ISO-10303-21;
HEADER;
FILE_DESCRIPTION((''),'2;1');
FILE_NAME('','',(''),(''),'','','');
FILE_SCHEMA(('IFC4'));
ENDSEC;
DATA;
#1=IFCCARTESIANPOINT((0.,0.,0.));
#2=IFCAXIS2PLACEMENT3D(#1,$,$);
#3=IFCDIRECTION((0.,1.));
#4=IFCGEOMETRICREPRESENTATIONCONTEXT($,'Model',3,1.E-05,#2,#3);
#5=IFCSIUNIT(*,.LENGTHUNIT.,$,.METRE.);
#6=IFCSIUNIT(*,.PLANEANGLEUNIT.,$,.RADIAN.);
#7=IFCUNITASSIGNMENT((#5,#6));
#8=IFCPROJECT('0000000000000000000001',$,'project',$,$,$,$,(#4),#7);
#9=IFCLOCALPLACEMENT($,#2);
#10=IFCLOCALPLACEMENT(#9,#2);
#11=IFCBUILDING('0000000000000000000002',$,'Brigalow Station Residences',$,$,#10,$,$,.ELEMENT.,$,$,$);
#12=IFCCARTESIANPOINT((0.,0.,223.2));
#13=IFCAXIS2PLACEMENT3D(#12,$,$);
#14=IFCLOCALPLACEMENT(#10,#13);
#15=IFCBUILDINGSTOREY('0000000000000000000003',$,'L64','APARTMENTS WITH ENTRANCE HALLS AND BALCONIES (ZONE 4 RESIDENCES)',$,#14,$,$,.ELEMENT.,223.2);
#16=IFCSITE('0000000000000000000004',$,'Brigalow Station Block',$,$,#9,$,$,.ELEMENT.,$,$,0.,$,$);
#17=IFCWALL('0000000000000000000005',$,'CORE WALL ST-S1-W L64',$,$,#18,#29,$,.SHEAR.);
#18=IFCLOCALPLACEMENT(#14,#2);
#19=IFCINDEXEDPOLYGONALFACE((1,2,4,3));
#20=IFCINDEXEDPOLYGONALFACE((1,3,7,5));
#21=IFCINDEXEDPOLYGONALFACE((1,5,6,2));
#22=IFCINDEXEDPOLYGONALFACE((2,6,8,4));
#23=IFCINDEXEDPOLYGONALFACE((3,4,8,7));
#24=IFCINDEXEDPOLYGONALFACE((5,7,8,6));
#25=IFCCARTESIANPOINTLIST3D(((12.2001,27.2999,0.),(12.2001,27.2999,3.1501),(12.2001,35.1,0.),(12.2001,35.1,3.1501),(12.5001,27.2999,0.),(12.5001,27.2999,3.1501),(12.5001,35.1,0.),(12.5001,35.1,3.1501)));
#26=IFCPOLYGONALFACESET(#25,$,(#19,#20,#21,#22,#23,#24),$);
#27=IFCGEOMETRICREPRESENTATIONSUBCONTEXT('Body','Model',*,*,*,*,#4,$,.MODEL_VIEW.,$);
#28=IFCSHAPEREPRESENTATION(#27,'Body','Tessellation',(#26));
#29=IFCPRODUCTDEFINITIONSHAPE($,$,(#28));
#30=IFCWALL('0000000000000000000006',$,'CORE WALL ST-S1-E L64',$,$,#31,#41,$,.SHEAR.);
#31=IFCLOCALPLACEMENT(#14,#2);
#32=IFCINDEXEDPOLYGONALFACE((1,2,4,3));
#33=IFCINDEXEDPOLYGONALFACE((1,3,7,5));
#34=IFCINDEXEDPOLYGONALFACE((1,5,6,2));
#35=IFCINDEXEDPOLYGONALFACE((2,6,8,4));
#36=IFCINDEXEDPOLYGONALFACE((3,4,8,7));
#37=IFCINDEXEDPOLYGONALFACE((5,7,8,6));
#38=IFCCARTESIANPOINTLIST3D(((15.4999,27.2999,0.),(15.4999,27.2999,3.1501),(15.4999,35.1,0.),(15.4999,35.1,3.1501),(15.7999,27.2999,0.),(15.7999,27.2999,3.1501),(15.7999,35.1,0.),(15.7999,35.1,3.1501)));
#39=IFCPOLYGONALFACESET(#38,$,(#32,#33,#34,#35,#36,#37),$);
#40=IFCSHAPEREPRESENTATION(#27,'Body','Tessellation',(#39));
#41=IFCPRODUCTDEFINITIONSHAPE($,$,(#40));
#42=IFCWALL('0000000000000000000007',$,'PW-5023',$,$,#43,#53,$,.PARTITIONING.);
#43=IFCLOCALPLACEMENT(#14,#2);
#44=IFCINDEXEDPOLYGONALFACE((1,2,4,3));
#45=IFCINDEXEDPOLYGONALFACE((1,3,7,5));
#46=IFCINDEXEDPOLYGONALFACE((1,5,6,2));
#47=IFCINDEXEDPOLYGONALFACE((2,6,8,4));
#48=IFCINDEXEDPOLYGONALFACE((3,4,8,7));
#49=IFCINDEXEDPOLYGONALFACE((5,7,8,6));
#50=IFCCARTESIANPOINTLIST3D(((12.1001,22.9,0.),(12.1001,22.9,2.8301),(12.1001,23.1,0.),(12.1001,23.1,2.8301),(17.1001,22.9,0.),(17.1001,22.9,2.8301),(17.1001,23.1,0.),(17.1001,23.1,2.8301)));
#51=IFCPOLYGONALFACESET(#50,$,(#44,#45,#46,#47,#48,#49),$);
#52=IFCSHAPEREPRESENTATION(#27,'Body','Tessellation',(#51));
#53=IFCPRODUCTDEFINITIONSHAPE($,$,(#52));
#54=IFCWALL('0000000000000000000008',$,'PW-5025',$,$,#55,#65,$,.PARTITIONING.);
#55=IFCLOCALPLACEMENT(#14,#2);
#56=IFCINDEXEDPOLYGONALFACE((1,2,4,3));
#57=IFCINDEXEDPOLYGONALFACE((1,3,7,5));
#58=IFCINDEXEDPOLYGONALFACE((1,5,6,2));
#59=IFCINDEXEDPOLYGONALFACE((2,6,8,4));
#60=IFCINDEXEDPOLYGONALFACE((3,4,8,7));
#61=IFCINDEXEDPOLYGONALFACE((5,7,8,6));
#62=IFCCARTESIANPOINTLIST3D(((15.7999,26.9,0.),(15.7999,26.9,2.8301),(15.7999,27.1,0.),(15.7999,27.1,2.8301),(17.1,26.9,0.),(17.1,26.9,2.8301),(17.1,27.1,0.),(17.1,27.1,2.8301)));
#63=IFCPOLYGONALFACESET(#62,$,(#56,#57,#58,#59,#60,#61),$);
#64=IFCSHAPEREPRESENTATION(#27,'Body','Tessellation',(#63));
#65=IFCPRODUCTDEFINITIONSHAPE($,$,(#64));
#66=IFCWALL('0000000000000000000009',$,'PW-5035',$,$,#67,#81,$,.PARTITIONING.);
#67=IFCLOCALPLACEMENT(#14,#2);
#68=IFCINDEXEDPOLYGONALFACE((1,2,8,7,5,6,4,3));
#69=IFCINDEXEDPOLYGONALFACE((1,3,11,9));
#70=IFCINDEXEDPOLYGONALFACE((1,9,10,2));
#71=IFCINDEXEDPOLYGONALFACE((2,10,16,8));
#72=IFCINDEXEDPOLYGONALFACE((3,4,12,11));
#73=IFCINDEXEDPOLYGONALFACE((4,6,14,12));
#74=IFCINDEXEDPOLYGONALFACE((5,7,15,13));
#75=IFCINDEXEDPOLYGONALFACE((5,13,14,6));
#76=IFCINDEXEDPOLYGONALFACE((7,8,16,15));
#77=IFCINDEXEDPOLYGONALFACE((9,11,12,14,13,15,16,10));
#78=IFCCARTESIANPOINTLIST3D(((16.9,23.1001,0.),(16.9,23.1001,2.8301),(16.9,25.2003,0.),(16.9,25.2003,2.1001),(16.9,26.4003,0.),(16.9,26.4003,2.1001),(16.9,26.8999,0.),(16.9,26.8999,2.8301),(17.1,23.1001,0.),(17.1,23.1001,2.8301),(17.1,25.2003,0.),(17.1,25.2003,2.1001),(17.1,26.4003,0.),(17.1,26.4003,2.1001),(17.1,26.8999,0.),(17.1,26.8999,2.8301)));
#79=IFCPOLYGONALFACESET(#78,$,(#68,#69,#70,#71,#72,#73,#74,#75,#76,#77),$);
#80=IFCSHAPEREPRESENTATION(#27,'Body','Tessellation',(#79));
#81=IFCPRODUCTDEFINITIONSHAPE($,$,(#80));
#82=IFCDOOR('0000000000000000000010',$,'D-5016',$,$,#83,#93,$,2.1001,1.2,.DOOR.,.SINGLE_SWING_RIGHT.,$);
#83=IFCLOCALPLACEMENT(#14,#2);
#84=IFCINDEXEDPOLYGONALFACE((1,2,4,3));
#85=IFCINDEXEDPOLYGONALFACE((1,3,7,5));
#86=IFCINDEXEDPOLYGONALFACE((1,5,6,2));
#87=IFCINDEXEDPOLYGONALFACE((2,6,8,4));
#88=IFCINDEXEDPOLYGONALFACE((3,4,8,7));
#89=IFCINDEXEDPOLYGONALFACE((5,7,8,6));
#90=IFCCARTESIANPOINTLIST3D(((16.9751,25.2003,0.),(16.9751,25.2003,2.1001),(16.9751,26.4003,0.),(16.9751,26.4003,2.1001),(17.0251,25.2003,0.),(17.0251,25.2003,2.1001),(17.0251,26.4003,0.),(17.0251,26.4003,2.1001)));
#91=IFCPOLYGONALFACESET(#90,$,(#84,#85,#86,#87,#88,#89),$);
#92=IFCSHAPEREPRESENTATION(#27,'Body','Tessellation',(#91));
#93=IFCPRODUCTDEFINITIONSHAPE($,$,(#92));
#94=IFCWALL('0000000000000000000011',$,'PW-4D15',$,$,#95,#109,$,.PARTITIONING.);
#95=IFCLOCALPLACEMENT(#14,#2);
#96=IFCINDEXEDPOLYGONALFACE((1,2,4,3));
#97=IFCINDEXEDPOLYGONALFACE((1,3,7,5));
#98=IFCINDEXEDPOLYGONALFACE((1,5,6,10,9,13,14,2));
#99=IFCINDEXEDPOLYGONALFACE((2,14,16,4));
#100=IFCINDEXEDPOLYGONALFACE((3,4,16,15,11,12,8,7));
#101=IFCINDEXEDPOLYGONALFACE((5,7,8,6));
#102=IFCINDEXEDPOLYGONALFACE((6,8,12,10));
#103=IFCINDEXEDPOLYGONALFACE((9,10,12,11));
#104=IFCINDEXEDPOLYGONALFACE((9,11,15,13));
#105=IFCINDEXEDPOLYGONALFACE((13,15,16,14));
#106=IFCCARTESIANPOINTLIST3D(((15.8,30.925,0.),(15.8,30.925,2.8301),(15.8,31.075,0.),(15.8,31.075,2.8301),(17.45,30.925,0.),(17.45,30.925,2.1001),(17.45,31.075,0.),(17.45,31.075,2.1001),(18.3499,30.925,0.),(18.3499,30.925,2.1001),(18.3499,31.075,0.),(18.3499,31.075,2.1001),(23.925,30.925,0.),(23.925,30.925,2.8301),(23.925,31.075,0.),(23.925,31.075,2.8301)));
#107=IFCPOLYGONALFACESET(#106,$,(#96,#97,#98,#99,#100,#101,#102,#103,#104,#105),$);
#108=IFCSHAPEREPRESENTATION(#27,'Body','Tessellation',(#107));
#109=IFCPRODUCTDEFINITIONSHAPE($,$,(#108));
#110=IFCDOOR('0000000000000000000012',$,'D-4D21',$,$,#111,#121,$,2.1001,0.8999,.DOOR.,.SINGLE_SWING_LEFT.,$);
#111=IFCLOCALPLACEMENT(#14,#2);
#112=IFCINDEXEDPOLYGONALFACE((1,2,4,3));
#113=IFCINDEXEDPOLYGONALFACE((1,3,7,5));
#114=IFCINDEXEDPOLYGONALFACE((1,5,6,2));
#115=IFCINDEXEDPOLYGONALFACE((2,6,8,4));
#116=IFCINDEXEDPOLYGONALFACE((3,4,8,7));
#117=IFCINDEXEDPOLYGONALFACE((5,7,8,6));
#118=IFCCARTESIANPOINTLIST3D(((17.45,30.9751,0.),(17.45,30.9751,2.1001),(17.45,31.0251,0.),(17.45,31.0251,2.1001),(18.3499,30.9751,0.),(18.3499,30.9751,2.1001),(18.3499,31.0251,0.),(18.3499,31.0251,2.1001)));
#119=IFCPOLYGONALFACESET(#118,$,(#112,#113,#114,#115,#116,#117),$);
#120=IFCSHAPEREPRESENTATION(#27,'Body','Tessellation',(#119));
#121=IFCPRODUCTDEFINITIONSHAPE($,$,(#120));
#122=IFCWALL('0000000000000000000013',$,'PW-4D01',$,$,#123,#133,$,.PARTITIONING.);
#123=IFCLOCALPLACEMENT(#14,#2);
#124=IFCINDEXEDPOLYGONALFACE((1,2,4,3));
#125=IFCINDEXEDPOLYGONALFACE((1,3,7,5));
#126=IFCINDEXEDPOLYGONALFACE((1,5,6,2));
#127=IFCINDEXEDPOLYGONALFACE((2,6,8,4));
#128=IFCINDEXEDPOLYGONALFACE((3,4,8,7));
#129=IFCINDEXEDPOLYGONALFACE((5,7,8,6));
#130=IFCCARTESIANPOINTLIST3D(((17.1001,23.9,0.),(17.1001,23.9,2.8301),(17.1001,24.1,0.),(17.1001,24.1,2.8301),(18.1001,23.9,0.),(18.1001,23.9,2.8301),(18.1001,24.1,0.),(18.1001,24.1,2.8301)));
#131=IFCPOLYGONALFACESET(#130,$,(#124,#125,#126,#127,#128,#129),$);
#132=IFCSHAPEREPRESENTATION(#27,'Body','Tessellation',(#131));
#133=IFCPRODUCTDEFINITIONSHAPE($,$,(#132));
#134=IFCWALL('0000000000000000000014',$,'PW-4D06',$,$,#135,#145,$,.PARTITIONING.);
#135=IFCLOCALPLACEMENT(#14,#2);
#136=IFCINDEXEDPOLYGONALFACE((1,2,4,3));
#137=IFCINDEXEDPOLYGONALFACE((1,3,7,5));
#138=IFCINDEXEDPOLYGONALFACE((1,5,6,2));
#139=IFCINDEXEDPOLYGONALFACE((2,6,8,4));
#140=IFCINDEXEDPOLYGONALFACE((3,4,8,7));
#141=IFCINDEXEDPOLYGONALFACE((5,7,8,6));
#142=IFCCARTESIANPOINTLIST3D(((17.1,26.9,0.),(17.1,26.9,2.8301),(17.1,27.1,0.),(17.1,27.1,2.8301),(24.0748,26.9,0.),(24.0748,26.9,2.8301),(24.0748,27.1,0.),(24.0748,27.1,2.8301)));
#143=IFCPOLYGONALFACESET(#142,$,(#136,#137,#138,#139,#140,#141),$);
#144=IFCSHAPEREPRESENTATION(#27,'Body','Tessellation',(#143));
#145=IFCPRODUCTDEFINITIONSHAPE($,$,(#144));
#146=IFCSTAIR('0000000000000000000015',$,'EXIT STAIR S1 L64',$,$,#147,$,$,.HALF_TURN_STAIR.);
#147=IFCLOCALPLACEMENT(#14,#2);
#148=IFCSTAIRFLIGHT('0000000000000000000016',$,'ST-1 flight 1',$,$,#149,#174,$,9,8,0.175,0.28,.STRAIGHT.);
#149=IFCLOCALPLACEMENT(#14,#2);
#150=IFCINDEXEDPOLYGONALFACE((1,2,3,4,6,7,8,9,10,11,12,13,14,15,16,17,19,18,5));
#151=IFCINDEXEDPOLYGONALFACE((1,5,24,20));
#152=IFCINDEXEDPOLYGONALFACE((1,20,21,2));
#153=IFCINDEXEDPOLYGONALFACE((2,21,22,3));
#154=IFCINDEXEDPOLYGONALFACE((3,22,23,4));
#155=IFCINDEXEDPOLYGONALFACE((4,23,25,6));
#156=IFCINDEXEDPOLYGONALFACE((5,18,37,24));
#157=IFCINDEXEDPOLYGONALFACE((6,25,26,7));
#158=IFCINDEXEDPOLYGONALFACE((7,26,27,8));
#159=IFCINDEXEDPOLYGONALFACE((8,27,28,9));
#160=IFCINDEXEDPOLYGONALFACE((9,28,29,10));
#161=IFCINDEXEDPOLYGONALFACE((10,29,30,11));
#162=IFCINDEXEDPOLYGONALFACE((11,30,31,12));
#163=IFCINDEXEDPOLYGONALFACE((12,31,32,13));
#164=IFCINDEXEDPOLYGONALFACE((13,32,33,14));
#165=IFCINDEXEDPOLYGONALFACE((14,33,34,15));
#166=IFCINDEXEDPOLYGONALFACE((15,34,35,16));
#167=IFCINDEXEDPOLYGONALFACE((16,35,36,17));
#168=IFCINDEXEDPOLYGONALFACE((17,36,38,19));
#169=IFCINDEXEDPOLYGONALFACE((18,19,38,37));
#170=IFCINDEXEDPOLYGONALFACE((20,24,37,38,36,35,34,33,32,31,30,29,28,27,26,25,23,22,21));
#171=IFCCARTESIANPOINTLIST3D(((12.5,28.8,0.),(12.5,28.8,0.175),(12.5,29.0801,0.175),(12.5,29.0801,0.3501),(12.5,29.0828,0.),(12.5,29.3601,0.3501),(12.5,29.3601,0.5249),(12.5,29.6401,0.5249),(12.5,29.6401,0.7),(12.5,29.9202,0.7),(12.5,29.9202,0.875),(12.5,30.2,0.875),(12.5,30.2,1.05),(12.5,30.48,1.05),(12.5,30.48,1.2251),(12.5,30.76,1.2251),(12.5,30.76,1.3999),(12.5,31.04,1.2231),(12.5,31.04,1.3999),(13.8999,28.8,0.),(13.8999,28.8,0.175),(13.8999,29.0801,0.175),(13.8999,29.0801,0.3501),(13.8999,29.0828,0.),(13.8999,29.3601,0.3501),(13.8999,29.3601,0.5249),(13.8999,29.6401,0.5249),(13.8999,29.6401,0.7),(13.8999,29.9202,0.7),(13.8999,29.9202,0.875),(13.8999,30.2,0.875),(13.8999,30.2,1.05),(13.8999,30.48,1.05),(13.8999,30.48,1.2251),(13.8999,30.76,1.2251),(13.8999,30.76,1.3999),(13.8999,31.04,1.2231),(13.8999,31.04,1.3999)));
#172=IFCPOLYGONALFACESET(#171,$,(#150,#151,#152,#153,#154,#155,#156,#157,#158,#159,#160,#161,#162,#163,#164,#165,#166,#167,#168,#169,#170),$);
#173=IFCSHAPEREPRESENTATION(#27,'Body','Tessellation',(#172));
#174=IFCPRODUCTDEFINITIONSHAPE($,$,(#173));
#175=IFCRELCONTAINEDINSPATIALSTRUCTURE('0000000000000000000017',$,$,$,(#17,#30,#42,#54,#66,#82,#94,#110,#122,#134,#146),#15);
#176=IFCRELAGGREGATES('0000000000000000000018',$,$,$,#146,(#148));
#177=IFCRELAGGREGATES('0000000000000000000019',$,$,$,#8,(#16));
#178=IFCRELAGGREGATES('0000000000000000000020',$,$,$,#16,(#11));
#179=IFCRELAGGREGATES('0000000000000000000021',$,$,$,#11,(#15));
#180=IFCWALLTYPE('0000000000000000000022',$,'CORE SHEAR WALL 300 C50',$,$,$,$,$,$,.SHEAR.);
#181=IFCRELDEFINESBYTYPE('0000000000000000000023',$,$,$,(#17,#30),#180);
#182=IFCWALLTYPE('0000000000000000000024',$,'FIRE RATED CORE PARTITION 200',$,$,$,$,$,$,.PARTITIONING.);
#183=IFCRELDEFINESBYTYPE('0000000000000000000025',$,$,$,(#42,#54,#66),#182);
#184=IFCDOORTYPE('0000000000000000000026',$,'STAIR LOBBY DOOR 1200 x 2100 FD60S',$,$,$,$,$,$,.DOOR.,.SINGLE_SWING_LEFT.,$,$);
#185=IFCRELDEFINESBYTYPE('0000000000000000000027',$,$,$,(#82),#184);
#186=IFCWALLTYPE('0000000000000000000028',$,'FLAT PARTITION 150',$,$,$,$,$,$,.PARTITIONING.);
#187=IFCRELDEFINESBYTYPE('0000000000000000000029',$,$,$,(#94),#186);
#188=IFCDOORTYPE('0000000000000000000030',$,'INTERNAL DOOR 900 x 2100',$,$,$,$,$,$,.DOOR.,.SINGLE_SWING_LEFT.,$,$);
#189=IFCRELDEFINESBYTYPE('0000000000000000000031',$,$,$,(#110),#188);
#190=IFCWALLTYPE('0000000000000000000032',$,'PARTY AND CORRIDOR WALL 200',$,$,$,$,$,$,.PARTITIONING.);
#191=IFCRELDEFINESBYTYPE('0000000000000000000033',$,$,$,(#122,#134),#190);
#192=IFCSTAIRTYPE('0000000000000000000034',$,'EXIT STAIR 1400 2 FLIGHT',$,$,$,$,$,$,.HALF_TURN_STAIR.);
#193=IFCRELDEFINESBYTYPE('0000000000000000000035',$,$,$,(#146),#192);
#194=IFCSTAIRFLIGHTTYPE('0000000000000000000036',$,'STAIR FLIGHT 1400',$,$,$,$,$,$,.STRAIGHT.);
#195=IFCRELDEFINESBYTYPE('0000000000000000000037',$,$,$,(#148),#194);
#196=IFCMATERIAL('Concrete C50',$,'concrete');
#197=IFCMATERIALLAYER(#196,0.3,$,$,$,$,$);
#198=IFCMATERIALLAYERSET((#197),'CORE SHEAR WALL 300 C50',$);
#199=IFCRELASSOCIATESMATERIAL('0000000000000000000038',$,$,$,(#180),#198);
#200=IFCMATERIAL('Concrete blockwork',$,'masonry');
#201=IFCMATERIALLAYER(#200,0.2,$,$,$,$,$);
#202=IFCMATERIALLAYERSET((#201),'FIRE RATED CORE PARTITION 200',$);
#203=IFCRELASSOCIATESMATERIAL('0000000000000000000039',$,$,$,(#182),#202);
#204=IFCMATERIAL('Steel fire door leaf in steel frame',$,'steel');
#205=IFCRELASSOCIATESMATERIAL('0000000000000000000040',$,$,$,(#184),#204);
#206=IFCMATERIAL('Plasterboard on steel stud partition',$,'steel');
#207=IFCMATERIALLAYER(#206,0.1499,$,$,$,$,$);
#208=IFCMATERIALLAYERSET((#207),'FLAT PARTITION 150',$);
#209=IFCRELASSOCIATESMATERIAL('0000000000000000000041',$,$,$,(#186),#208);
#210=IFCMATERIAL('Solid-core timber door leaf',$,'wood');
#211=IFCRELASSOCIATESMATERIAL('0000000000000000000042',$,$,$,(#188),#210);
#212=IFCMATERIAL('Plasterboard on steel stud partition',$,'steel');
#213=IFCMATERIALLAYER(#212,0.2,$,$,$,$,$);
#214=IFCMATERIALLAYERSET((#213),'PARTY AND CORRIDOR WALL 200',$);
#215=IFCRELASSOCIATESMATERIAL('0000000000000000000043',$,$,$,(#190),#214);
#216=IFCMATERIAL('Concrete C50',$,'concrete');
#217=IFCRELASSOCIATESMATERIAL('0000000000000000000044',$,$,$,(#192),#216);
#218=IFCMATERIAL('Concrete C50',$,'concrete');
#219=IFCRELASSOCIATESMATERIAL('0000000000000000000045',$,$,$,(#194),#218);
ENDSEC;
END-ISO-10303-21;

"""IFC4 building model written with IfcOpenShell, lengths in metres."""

from ifc_helpers import new_model, si_unit, direction, frame, frame_2d, origin, place, context, subcontext, project, spatial, polyline, rectangle, outline, extrude, material, layer, layer_set, type_object, element, fill, aggregate, save


model = new_model("IFC4")

# Units and contexts
model_context = context("Model", 3, precision=1e-05, world=origin(), true_north=direction((0.0, 1.0)))
body_context = subcontext(model_context, "Body", "Model", "MODEL_VIEW")
ifc_project = project(units=[si_unit("LENGTHUNIT", "METRE"), si_unit("PLANEANGLEUNIT", "RADIAN")], contexts=[model_context])

# Site, building, storey
site_placement = place(None, origin())
site = spatial("IfcSite", under=ifc_project, at=site_placement, Name="Brigalow Station Block", CompositionType="ELEMENT", RefElevation=0.0)
building_placement = place(site_placement, origin())
building = spatial("IfcBuilding", under=site, at=building_placement, Name="Brigalow Station Residences", CompositionType="ELEMENT")
storey_placement = place(building_placement, frame((0.0, 0.0, 223.2)))
storey = spatial("IfcBuildingStorey", under=building, at=storey_placement, Name="L64", Description="APARTMENTS WITH ENTRANCE HALLS AND BALCONIES (ZONE 4 RESIDENCES)", CompositionType="ELEMENT", Elevation=223.2)

# Shared definitions
ifc_material_1 = material(Name="Concrete C50", Category="concrete")
ifc_layer_1 = layer(ifc_material_1, 0.3)
ifc_layer_set_1 = layer_set([ifc_layer_1], Name="CORE SHEAR WALL 300 C50")
wall_type_1 = type_object("IfcWallType", Name="CORE SHEAR WALL 300 C50", PredefinedType="SHEAR", material=ifc_layer_set_1)

# Walls
for number, where, z_axis, x_axis, name in (
    (1, (12.3501, 27.3, 0.0), (0.0, 0.0, 1.0), (0.0, 1.0, 0.0), "CORE WALL ST-S1-W L64"),
    (2, (15.6499, 27.3, 0.0), (0.0, 0.0, 1.0), (0.0, 1.0, 0.0), "CORE WALL ST-S1-E L64"),
):
    element("IfcWall", number, at=place(storey_placement, frame(where, z_axis=z_axis, x_axis=x_axis)), inside=storey, type_object=wall_type_1, Name=name, PredefinedType="SHEAR", context=body_context, shape_type="SweptSolid", body=[
        extrude(rectangle(XDim=7.8, YDim=0.3, at=frame_2d((3.8999, 0.0))), origin(), (0.0, 0.0, 1.0), 3.1501),
    ])
ifc_material_2 = material(Name="Concrete blockwork", Category="masonry")
ifc_layer_2 = layer(ifc_material_2, 0.2)
ifc_layer_set_2 = layer_set([ifc_layer_2], Name="FIRE RATED CORE PARTITION 200")
wall_type_2 = type_object("IfcWallType", Name="FIRE RATED CORE PARTITION 200", PredefinedType="PARTITIONING", material=ifc_layer_set_2)
wall_1_placement = place(storey_placement, frame((12.1001, 23.0, 0.0), z_axis=(0.0, 0.0, 1.0), x_axis=(1.0, 0.0, 0.0)))
element("IfcWall", 3, at=wall_1_placement, inside=storey, type_object=wall_type_2, Name="PW-5023", PredefinedType="PARTITIONING", context=body_context, shape_type="SweptSolid", body=[
    extrude(rectangle(XDim=5.0, YDim=0.2, at=frame_2d((2.5, 0.0))), origin(), (0.0, 0.0, 1.0), 2.8301),
])
wall_2_placement = place(storey_placement, frame((15.8, 27.0, 0.0), z_axis=(0.0, 0.0, 1.0), x_axis=(1.0, 0.0, 0.0)))
element("IfcWall", 4, at=wall_2_placement, inside=storey, type_object=wall_type_2, Name="PW-5025", PredefinedType="PARTITIONING", context=body_context, shape_type="SweptSolid", body=[
    extrude(rectangle(XDim=1.3, YDim=0.2, at=frame_2d((0.6499, 0.0))), origin(), (0.0, 0.0, 1.0), 2.8301),
])

# Walls, openings, doors
wall_3_placement = place(storey_placement, frame((17.0, 23.1001, 0.0), z_axis=(0.0, 0.0, 1.0), x_axis=(0.0, 1.0, 0.0)))
wall_3 = element("IfcWall", 5, at=wall_3_placement, inside=storey, type_object=wall_type_2, Name="PW-5035", PredefinedType="PARTITIONING", context=body_context, shape_type="SweptSolid", body=[
    extrude(rectangle(XDim=3.7998, YDim=0.2, at=frame_2d((1.8999, 0.0))), origin(), (0.0, 0.0, 1.0), 2.8301),
])
opening_1_placement = place(wall_3_placement, frame((2.1001, 0.0, 0.0)))
opening_1 = element("IfcOpeningElement", 6, at=opening_1_placement, cuts=wall_3, PredefinedType="OPENING", context=body_context, shape_type="SweptSolid", body=[
    extrude(rectangle(XDim=1.2, YDim=2.1001, at=frame_2d((0.6001, 1.05))), frame((0.0, 0.1099, 0.0), z_axis=(0.0, -1.0, 0.0), x_axis=(1.0, 0.0, 0.0)), (0.0, 0.0, 1.0), 0.22),
])
ifc_material_3 = material(Name="Steel fire door leaf in steel frame", Category="steel")
door_type_1 = type_object("IfcDoorType", Name="STAIR LOBBY DOOR 1200 x 2100 FD60S", OperationType="SINGLE_SWING_LEFT", PredefinedType="DOOR", material=ifc_material_3)
door_1_placement = place(opening_1_placement, origin())
door_1 = element("IfcDoor", 7, at=door_1_placement, inside=storey, type_object=door_type_1, Name="D-5016", OperationType="SINGLE_SWING_RIGHT", OverallHeight=2.1001, OverallWidth=1.2, PredefinedType="DOOR", context=body_context, shape_type="SweptSolid", body=[
    extrude(rectangle(XDim=1.2, YDim=2.1001, at=frame_2d((0.6001, 1.05))), frame((0.0, 0.0249, 0.0), z_axis=(0.0, -1.0, 0.0), x_axis=(1.0, 0.0, 0.0)), (0.0, 0.0, 1.0), 0.05),
])
fill(opening_1, door_1)
ifc_material_4 = material(Name="Plasterboard on steel stud partition", Category="steel")
ifc_layer_3 = layer(ifc_material_4, 0.1499)
ifc_layer_set_3 = layer_set([ifc_layer_3], Name="FLAT PARTITION 150")
wall_type_3 = type_object("IfcWallType", Name="FLAT PARTITION 150", PredefinedType="PARTITIONING", material=ifc_layer_set_3)
wall_4_placement = place(storey_placement, frame((15.8, 31.0, 0.0), z_axis=(0.0, 0.0, 1.0), x_axis=(1.0, 0.0, 0.0)))
wall_4 = element("IfcWall", 8, at=wall_4_placement, inside=storey, type_object=wall_type_3, Name="PW-4D15", PredefinedType="PARTITIONING", context=body_context, shape_type="SweptSolid", body=[
    extrude(rectangle(XDim=8.125, YDim=0.1499, at=frame_2d((4.0625, 0.0))), origin(), (0.0, 0.0, 1.0), 2.8301),
])
opening_2_placement = place(wall_4_placement, frame((1.6499, 0.0, 0.0)))
opening_2 = element("IfcOpeningElement", 9, at=opening_2_placement, cuts=wall_4, PredefinedType="OPENING", context=body_context, shape_type="SweptSolid", body=[
    extrude(rectangle(XDim=0.8999, YDim=2.1001, at=frame_2d((0.45, 1.05))), frame((0.0, 0.085, 0.0), z_axis=(0.0, -1.0, 0.0), x_axis=(1.0, 0.0, 0.0)), (0.0, 0.0, 1.0), 0.1699),
])
ifc_material_5 = material(Name="Solid-core timber door leaf", Category="wood")
door_type_2 = type_object("IfcDoorType", Name="INTERNAL DOOR 900 x 2100", OperationType="SINGLE_SWING_LEFT", PredefinedType="DOOR", material=ifc_material_5)
door_2_placement = place(opening_2_placement, frame((0.8999, 0.0, 0.0), z_axis=(0.0, 0.0, 1.0), x_axis=(-1.0, 0.0, 0.0)))
door_2 = element("IfcDoor", 10, at=door_2_placement, inside=storey, type_object=door_type_2, Name="D-4D21", OperationType="SINGLE_SWING_LEFT", OverallHeight=2.1001, OverallWidth=0.8999, PredefinedType="DOOR", context=body_context, shape_type="SweptSolid", body=[
    extrude(rectangle(XDim=0.8999, YDim=2.1001, at=frame_2d((0.45, 1.05))), frame((0.0, 0.0249, 0.0), z_axis=(0.0, -1.0, 0.0), x_axis=(1.0, 0.0, 0.0)), (0.0, 0.0, 1.0), 0.05),
])
fill(opening_2, door_2)

# Walls
ifc_material_6 = material(Name="Plasterboard on steel stud partition", Category="steel")
ifc_layer_4 = layer(ifc_material_6, 0.2)
ifc_layer_set_4 = layer_set([ifc_layer_4], Name="PARTY AND CORRIDOR WALL 200")
wall_type_4 = type_object("IfcWallType", Name="PARTY AND CORRIDOR WALL 200", PredefinedType="PARTITIONING", material=ifc_layer_set_4)
wall_5_placement = place(storey_placement, frame((17.1001, 24.0, 0.0), z_axis=(0.0, 0.0, 1.0), x_axis=(1.0, 0.0, 0.0)))
element("IfcWall", 11, at=wall_5_placement, inside=storey, type_object=wall_type_4, Name="PW-4D01", PredefinedType="PARTITIONING", context=body_context, shape_type="SweptSolid", body=[
    extrude(rectangle(XDim=1.0, YDim=0.2, at=frame_2d((0.5, 0.0))), origin(), (0.0, 0.0, 1.0), 2.8301),
])
wall_6_placement = place(storey_placement, frame((17.1001, 27.0, 0.0), z_axis=(0.0, 0.0, 1.0), x_axis=(1.0, 0.0, 0.0)))
element("IfcWall", 12, at=wall_6_placement, inside=storey, type_object=wall_type_4, Name="PW-4D06", PredefinedType="PARTITIONING", context=body_context, shape_type="SweptSolid", body=[
    extrude(rectangle(XDim=6.9749, YDim=0.2, at=frame_2d((3.4873, 0.0))), origin(), (0.0, 0.0, 1.0), 2.8301),
])

# Stair, stair flight
ifc_material_7 = material(Name="Concrete C50", Category="concrete")
stair_type = type_object("IfcStairType", Name="EXIT STAIR 1400 2 FLIGHT", PredefinedType="HALF_TURN_STAIR", material=ifc_material_7)
stair_placement = place(storey_placement, origin())
stair = element("IfcStair", 13, at=stair_placement, inside=storey, type_object=stair_type, Name="EXIT STAIR S1 L64", PredefinedType="HALF_TURN_STAIR")
ifc_material_8 = material(Name="Concrete C50", Category="concrete")
stair_flight_type = type_object("IfcStairFlightType", Name="STAIR FLIGHT 1400", PredefinedType="STRAIGHT", material=ifc_material_8)
stair_flight_placement = place(storey_placement, frame((13.2, 28.8, 0.0), z_axis=(0.0, 0.0, 1.0), x_axis=(0.0, 1.0, 0.0)))
stair_flight = element("IfcStairFlight", 14, at=stair_flight_placement, type_object=stair_flight_type, Name="ST-1 flight 1", NumberOfRisers=9, NumberOfTreads=8, PredefinedType="STRAIGHT", RiserHeight=0.175, TreadLength=0.28, context=body_context, shape_type="SweptSolid", body=[
    extrude(outline(polyline([(0.0, 0.0), (0.0, 0.175), (0.28, 0.175), (0.28, 0.3501), (0.5601, 0.3501), (0.5601, 0.5249), (0.8401, 0.5249), (0.8401, 0.7), (1.1201, 0.7), (1.1201, 0.875), (1.3999, 0.875), (1.3999, 1.05), (1.6799, 1.05), (1.6799, 1.2251), (1.96, 1.2251), (1.96, 1.3999), (2.24, 1.3999), (2.24, 1.575), (2.24, 1.2231), (0.2827, 0.0), (0.0, 0.0)])), frame((0.0, 0.7, 0.0), z_axis=(0.0, -1.0, 0.0), x_axis=(1.0, 0.0, 0.0)), (0.0, 0.0, 1.0), 1.3999),
])
aggregate(stair, [stair_flight])

save(model, "model.ifc")
